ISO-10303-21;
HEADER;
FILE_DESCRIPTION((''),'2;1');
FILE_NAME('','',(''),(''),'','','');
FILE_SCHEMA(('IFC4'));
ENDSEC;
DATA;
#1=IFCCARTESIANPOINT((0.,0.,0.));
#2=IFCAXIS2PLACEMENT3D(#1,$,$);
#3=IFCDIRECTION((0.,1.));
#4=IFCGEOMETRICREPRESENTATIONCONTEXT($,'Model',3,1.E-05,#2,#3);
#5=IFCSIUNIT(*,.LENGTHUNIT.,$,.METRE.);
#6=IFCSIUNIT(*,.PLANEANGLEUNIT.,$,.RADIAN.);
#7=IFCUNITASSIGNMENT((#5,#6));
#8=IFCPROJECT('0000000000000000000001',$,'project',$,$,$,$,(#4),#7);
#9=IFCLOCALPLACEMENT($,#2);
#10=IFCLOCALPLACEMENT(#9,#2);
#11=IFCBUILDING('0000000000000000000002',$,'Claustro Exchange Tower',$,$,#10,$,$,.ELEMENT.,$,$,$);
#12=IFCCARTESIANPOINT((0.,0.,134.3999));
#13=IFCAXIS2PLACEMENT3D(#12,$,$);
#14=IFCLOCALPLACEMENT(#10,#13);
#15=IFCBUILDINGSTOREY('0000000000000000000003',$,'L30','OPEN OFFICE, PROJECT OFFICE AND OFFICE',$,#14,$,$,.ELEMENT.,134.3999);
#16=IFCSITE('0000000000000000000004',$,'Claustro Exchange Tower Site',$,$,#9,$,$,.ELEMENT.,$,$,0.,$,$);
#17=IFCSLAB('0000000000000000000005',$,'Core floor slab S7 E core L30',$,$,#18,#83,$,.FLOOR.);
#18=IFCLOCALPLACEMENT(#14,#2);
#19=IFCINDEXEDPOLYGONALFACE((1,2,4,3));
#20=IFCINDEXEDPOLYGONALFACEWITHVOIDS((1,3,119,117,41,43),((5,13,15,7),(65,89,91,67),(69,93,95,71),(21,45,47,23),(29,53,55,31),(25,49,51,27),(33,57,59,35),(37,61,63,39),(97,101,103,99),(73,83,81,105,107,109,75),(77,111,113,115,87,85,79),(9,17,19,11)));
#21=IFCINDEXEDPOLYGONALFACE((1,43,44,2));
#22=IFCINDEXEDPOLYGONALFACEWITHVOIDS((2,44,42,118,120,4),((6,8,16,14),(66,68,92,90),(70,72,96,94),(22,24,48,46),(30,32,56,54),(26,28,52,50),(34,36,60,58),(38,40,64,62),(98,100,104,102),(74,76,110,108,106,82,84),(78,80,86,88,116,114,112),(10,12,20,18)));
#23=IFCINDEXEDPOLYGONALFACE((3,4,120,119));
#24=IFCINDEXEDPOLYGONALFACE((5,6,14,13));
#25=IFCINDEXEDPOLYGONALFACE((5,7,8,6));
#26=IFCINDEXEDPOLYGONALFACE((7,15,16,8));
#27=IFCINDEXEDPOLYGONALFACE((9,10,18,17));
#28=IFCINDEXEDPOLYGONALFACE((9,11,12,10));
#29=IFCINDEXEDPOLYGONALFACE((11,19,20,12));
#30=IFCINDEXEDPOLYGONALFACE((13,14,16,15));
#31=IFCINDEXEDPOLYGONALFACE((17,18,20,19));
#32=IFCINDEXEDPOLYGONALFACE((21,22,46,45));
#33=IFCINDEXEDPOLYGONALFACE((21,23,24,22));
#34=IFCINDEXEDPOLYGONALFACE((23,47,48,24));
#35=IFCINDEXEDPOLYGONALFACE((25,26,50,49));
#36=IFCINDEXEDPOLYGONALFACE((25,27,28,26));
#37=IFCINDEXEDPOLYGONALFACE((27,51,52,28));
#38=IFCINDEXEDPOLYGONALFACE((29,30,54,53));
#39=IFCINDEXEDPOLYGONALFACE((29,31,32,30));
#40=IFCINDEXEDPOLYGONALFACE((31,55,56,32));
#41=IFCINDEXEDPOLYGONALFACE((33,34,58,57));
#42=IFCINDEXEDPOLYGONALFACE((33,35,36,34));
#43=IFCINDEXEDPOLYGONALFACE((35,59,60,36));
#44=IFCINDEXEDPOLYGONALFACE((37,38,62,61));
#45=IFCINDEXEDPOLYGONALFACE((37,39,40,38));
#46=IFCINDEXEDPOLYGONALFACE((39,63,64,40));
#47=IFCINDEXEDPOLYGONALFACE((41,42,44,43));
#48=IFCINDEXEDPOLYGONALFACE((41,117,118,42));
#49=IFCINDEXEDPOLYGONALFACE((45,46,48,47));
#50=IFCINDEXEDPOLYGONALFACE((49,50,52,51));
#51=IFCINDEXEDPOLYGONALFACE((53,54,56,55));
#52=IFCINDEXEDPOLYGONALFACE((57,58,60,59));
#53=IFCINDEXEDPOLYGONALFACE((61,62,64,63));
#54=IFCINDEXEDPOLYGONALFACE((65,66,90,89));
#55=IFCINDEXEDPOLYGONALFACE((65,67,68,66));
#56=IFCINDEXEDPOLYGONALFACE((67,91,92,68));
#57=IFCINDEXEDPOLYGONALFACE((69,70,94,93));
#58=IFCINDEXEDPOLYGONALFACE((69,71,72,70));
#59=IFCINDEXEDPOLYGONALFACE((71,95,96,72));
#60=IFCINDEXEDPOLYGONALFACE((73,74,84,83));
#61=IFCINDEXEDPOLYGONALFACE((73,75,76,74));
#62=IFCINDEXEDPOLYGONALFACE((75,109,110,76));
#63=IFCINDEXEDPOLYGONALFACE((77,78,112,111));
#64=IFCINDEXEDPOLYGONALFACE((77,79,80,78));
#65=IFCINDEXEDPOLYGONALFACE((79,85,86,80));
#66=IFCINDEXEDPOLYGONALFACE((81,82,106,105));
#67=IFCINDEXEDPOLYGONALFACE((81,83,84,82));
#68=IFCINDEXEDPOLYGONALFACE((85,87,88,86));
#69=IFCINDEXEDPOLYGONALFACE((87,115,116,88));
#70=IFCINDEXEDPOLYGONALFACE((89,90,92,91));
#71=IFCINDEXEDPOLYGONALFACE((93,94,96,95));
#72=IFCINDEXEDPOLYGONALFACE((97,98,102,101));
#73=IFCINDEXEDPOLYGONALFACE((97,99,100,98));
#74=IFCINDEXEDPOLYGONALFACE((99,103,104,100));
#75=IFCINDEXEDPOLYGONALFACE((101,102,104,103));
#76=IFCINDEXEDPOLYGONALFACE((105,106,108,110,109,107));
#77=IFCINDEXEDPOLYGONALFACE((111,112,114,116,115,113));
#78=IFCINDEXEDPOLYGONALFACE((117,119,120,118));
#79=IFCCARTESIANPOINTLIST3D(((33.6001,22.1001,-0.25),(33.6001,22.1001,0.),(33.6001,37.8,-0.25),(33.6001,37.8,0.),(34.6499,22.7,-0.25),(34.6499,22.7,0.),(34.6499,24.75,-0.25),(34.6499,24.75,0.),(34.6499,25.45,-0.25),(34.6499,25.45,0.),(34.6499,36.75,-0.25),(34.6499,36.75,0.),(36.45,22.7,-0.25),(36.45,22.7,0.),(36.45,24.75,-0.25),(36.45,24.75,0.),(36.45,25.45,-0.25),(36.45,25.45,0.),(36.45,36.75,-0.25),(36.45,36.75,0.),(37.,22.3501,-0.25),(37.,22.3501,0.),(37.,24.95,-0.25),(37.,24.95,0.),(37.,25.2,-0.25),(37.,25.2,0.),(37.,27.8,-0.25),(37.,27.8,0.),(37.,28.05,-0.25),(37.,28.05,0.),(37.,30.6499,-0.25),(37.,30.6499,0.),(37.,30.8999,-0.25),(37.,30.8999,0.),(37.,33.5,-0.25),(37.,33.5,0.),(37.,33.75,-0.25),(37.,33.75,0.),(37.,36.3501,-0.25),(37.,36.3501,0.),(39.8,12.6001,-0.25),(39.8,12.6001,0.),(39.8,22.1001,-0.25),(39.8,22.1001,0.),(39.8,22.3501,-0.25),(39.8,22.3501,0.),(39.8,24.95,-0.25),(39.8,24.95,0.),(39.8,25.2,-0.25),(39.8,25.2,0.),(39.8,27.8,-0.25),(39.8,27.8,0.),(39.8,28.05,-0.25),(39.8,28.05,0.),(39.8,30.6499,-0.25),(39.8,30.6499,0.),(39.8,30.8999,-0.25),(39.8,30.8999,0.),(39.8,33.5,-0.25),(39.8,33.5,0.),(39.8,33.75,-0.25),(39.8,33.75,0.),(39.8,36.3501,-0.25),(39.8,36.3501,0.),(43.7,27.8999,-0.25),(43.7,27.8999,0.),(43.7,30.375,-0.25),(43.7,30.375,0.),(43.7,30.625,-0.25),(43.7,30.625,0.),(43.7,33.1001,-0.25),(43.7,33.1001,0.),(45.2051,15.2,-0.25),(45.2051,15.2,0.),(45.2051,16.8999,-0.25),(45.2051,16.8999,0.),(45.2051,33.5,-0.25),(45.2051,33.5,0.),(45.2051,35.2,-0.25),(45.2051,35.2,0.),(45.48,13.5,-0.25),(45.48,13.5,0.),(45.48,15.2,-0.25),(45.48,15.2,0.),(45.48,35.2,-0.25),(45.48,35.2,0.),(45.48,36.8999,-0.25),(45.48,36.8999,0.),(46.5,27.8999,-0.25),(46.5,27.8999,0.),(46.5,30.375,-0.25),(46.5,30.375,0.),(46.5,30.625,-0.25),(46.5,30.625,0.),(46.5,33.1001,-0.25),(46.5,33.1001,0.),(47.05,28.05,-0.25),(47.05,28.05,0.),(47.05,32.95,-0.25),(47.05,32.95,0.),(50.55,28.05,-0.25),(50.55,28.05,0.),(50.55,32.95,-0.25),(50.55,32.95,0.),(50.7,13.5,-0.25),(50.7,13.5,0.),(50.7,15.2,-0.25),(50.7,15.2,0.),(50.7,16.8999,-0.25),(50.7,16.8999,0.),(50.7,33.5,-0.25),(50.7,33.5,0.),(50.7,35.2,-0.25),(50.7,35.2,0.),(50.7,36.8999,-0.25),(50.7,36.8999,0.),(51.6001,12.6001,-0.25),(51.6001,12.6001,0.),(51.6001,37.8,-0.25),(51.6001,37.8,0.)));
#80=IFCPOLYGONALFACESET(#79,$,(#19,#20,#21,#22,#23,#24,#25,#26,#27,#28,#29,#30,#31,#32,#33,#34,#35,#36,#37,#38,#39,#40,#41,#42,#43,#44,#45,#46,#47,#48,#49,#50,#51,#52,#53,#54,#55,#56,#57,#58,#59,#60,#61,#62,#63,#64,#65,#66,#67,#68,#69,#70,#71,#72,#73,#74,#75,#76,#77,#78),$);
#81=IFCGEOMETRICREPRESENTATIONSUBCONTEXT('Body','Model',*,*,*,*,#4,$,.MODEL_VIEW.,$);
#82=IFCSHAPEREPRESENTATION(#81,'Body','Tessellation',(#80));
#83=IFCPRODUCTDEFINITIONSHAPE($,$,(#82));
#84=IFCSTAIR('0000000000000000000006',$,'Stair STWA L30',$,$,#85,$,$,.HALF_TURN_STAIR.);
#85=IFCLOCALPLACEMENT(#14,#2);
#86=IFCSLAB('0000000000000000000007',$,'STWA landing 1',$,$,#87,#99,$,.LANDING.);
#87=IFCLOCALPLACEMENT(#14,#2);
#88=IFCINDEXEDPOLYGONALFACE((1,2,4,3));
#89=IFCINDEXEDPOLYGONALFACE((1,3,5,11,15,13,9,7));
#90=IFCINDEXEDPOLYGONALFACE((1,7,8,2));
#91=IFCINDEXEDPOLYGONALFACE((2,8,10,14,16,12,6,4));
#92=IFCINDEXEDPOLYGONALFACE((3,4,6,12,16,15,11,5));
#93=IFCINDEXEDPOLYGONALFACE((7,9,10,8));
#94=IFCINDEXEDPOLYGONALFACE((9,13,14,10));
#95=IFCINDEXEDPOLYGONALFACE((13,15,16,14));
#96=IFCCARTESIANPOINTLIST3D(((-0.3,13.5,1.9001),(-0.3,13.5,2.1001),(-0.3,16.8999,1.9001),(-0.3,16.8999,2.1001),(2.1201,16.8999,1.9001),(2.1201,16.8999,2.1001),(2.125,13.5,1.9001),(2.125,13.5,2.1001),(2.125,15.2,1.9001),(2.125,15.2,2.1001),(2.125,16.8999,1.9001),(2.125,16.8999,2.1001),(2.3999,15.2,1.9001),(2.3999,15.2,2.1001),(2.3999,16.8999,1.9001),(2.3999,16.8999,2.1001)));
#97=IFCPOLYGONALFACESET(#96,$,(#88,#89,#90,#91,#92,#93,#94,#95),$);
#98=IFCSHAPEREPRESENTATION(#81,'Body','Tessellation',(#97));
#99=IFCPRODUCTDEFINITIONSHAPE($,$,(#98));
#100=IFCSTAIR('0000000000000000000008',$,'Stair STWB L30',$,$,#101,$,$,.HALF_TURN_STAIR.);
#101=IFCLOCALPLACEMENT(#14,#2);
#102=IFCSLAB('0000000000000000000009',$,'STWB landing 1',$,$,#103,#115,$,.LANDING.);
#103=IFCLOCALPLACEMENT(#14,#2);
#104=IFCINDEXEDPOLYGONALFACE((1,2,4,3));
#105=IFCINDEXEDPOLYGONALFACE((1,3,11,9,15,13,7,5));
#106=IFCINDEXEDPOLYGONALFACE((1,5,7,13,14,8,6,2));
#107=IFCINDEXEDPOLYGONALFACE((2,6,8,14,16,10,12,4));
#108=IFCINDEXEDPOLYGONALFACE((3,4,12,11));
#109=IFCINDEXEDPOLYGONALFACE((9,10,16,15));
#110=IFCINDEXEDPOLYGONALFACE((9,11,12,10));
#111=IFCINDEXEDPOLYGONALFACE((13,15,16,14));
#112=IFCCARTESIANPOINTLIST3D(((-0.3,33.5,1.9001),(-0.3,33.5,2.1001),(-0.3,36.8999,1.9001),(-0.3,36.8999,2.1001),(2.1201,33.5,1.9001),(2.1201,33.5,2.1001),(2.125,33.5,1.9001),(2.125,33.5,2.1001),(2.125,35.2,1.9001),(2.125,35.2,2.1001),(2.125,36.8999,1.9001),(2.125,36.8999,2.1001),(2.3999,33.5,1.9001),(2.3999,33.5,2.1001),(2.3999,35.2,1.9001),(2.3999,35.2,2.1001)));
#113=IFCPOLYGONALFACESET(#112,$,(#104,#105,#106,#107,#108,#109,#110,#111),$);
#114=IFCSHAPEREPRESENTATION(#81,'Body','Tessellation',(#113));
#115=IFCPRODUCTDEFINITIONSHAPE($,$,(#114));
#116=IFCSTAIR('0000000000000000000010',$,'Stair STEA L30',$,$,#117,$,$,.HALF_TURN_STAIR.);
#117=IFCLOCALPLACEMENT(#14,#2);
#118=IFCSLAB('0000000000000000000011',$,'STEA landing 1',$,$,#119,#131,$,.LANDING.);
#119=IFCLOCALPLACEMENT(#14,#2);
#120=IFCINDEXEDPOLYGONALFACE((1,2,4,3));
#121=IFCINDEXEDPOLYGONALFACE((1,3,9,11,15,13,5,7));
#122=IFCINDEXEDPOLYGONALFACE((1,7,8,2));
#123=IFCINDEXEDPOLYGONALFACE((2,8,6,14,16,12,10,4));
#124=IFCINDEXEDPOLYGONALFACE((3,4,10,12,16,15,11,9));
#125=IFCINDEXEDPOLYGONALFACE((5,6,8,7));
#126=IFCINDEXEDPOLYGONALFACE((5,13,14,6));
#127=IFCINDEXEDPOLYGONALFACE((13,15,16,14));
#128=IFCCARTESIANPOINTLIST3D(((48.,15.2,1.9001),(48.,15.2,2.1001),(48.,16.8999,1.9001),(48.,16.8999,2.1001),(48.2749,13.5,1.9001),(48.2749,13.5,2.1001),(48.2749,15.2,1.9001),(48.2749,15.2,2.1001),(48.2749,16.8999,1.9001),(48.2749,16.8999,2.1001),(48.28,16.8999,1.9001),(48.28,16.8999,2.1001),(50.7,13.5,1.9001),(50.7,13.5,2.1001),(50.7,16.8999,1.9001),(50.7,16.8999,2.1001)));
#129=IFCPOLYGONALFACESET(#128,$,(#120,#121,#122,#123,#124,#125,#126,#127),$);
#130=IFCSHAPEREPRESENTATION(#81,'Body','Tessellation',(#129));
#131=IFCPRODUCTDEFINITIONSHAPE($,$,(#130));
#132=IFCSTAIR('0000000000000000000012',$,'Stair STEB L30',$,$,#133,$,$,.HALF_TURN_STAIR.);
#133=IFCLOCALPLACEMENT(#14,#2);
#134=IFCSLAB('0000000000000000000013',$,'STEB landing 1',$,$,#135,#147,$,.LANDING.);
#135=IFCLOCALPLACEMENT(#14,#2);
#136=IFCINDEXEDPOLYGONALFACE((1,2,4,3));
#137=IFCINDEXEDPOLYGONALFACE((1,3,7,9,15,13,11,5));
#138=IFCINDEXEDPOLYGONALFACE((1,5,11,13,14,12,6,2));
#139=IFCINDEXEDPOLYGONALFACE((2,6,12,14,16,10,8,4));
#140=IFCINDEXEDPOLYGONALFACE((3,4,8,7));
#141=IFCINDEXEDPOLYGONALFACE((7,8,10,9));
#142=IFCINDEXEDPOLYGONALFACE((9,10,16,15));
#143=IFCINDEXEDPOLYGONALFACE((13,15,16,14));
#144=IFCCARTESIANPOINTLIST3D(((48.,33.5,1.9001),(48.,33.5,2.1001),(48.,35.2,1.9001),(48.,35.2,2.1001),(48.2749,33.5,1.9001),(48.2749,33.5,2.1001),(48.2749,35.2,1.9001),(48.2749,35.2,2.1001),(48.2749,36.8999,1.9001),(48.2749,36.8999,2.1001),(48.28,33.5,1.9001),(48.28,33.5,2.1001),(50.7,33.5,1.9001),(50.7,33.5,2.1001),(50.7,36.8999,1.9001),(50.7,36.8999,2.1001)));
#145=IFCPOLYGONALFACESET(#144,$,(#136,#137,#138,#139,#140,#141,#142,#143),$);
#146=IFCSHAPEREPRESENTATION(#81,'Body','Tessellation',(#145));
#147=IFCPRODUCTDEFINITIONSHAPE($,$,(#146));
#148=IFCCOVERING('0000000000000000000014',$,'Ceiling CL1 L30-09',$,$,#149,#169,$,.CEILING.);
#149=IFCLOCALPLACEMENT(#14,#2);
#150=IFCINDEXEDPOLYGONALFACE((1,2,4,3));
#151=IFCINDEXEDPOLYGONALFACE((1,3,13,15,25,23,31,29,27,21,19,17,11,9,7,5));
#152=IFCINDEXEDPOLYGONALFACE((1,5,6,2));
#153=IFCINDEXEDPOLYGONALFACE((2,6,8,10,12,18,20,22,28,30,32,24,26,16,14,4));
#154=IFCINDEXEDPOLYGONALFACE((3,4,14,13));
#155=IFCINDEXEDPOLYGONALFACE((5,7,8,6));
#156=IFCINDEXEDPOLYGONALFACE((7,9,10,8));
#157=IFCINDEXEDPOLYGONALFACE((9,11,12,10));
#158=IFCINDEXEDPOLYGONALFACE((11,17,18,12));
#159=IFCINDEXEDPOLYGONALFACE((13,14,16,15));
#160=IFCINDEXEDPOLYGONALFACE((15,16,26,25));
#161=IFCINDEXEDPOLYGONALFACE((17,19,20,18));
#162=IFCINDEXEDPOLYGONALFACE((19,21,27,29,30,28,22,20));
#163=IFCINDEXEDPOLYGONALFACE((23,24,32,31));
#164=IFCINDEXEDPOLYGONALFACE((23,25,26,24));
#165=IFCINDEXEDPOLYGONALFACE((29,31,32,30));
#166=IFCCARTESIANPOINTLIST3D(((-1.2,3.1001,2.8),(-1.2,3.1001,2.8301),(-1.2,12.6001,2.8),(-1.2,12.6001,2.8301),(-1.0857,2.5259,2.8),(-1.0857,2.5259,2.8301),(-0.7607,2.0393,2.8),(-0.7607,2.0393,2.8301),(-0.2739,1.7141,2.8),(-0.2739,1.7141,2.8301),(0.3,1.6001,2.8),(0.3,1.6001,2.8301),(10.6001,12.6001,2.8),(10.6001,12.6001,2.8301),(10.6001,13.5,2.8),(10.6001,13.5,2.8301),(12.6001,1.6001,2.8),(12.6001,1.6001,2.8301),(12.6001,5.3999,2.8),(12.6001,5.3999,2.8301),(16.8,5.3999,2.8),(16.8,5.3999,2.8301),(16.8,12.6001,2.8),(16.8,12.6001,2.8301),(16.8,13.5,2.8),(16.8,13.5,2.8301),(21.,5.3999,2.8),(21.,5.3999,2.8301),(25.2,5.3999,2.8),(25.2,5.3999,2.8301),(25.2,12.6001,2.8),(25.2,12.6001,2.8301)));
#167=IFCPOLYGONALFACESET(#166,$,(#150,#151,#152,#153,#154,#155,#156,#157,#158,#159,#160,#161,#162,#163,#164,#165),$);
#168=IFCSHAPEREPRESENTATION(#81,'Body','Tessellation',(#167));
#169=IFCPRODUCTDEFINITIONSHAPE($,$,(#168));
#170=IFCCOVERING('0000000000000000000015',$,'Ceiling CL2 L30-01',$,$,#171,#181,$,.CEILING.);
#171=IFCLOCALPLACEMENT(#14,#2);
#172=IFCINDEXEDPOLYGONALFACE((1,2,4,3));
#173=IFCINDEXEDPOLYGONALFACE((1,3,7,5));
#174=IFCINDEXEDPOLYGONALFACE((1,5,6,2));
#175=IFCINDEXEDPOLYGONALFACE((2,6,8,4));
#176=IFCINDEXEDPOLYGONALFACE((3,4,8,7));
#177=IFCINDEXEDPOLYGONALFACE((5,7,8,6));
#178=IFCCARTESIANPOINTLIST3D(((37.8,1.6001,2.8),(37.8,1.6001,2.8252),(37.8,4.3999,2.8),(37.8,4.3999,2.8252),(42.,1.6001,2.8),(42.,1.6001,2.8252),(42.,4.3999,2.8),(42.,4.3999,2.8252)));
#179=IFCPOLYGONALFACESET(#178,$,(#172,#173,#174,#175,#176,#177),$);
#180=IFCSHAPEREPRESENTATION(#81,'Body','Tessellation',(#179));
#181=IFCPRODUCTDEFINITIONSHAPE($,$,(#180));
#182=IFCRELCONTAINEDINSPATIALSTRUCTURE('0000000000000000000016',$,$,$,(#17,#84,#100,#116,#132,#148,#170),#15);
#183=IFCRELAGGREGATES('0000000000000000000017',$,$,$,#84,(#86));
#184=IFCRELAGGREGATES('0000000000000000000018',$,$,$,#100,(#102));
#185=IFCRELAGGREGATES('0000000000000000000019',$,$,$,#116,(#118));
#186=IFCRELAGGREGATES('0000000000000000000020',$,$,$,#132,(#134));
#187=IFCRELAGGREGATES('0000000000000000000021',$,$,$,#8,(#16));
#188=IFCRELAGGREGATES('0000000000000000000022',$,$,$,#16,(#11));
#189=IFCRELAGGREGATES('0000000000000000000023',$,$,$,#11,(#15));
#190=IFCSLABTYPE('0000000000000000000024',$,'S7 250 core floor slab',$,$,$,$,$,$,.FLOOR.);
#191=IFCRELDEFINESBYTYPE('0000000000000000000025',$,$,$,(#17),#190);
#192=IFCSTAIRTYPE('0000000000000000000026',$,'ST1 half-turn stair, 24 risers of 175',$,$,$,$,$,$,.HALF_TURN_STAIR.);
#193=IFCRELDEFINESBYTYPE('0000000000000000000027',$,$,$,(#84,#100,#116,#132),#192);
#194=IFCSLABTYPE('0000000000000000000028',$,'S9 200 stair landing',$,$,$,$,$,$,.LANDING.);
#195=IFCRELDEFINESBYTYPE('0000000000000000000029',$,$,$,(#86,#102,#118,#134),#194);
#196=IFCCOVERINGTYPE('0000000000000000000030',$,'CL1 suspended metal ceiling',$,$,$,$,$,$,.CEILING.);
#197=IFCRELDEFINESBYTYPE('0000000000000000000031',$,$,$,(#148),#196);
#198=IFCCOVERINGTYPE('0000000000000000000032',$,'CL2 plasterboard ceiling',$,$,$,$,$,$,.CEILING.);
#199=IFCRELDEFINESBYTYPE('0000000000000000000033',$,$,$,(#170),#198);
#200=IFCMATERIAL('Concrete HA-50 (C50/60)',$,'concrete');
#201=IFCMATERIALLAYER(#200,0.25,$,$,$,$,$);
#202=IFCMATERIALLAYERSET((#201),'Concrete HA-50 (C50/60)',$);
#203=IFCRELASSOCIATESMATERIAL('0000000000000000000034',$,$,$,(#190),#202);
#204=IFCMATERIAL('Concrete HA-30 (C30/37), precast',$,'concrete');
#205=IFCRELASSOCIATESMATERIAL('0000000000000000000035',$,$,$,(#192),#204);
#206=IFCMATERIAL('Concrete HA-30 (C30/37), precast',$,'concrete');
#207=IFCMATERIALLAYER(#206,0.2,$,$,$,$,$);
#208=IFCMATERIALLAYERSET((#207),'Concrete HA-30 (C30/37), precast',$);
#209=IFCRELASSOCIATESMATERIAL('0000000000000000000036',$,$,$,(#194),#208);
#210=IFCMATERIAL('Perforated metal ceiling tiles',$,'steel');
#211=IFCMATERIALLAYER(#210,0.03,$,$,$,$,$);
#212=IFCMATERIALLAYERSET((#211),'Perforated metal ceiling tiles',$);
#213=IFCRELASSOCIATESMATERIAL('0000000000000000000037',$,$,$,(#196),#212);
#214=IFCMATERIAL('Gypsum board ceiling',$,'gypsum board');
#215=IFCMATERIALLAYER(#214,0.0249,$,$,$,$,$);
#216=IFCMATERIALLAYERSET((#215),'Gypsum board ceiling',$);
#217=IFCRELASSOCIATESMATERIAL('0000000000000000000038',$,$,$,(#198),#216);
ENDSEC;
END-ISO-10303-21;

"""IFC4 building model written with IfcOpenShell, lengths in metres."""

from ifc_helpers import new_model, si_unit, direction, frame, origin, place, context, subcontext, project, spatial, polyline, outline, extrude, material, layer, layer_set, type_object, element, aggregate, save


model = new_model("IFC4")

# Units and contexts
model_context = context("Model", 3, precision=1e-05, world=origin(), true_north=direction((0.0, 1.0)))
body_context = subcontext(model_context, "Body", "Model", "MODEL_VIEW")
ifc_project = project(units=[si_unit("LENGTHUNIT", "METRE"), si_unit("PLANEANGLEUNIT", "RADIAN")], contexts=[model_context])

# Site, building, storey
site_placement = place(None, origin())
site = spatial("IfcSite", under=ifc_project, at=site_placement, Name="Claustro Exchange Tower Site", CompositionType="ELEMENT", RefElevation=0.0)
building_placement = place(site_placement, origin())
building = spatial("IfcBuilding", under=site, at=building_placement, Name="Claustro Exchange Tower", CompositionType="ELEMENT")
storey_placement = place(building_placement, frame((0.0, 0.0, 134.3999)))
storey = spatial("IfcBuildingStorey", under=building, at=storey_placement, Name="L30", Description="OPEN OFFICE, PROJECT OFFICE AND OFFICE", CompositionType="ELEMENT", Elevation=134.3999)

# Slab
ifc_material_1 = material(Name="Concrete HA-50 (C50/60)", Category="concrete")
ifc_layer_1 = layer(ifc_material_1, 0.25)
ifc_layer_set_1 = layer_set([ifc_layer_1], Name="Concrete HA-50 (C50/60)")
slab_type_1 = type_object("IfcSlabType", Name="S7 250 core floor slab", PredefinedType="FLOOR", material=ifc_layer_set_1)
slab_1_placement = place(storey_placement, frame((0.0, 0.0, -0.25)))
element("IfcSlab", 1, at=slab_1_placement, inside=storey, type_object=slab_type_1, Name="Core floor slab S7 E core L30", PredefinedType="FLOOR", context=body_context, shape_type="SweptSolid", body=[
    extrude(outline(polyline([(51.6001, 37.8), (33.6001, 37.8), (33.6001, 22.1001), (39.8, 22.1001), (39.8, 12.6001), (51.6001, 12.6001), (51.6001, 37.8)]), holes=[polyline([(45.48, 15.2), (45.2051, 15.2), (45.2051, 16.8999), (50.7, 16.8999), (50.7, 15.2), (50.7, 13.5), (45.48, 13.5), (45.48, 15.2)]), polyline([(45.48, 35.2), (45.48, 36.8999), (50.7, 36.8999), (50.7, 35.2), (50.7, 33.5), (45.2051, 33.5), (45.2051, 35.2), (45.48, 35.2)]), polyline([(50.55, 32.95), (50.55, 28.05), (47.05, 28.05), (47.05, 32.95), (50.55, 32.95)]), polyline([(43.7, 33.1001), (46.5, 33.1001), (46.5, 30.625), (43.7, 30.625), (43.7, 33.1001)]), polyline([(46.5, 30.375), (46.5, 27.8999), (43.7, 27.8999), (43.7, 30.375), (46.5, 30.375)]), polyline([(37.0, 24.95), (39.8, 24.95), (39.8, 22.3501), (37.0, 22.3501), (37.0, 24.95)]), polyline([(37.0, 30.6499), (39.8, 30.6499), (39.8, 28.05), (37.0, 28.05), (37.0, 30.6499)]), polyline([(39.8, 27.8), (39.8, 25.2), (37.0, 25.2), (37.0, 27.8), (39.8, 27.8)]), polyline([(39.8, 33.5), (39.8, 30.8999), (37.0, 30.8999), (37.0, 33.5), (39.8, 33.5)]), polyline([(39.8, 36.3501), (39.8, 33.75), (37.0, 33.75), (37.0, 36.3501), (39.8, 36.3501)]), polyline([(36.45, 24.75), (36.45, 22.7), (34.6499, 22.7), (34.6499, 24.75), (36.45, 24.75)]), polyline([(36.45, 36.75), (36.45, 25.45), (34.6499, 25.45), (34.6499, 36.75), (36.45, 36.75)])]), origin(), (0.0, 0.0, 1.0), 0.25),
])

# Stairs, slabs
ifc_material_2 = material(Name="Concrete HA-30 (C30/37), precast", Category="concrete")
stair_type = type_object("IfcStairType", Name="ST1 half-turn stair, 24 risers of 175", PredefinedType="HALF_TURN_STAIR", material=ifc_material_2)
stair_1_placement = place(storey_placement, origin())
stair_1 = element("IfcStair", 2, at=stair_1_placement, inside=storey, type_object=stair_type, Name="Stair STWA L30", PredefinedType="HALF_TURN_STAIR")
ifc_material_3 = material(Name="Concrete HA-30 (C30/37), precast", Category="concrete")
ifc_layer_2 = layer(ifc_material_3, 0.2)
ifc_layer_set_2 = layer_set([ifc_layer_2], Name="Concrete HA-30 (C30/37), precast")
slab_type_2 = type_object("IfcSlabType", Name="S9 200 stair landing", PredefinedType="LANDING", material=ifc_layer_set_2)
slab_2_placement = place(storey_placement, frame((0.0, 0.0, 1.9001)))
slab_2 = element("IfcSlab", 3, at=slab_2_placement, type_object=slab_type_2, Name="STWA landing 1", PredefinedType="LANDING", context=body_context, shape_type="SweptSolid", body=[
    extrude(outline(polyline([(2.125, 13.5), (-0.3, 13.5), (-0.3, 16.8999), (2.1201, 16.8999), (2.125, 16.8999), (2.3999, 16.8999), (2.3999, 15.2), (2.125, 15.2), (2.125, 13.5)])), origin(), (0.0, 0.0, 1.0), 0.2),
])
aggregate(stair_1, [slab_2])
stair_2_placement = place(storey_placement, origin())
stair_2 = element("IfcStair", 4, at=stair_2_placement, inside=storey, type_object=stair_type, Name="Stair STWB L30", PredefinedType="HALF_TURN_STAIR")
slab_3_placement = place(storey_placement, frame((0.0, 0.0, 1.9001)))
slab_3 = element("IfcSlab", 5, at=slab_3_placement, type_object=slab_type_2, Name="STWB landing 1", PredefinedType="LANDING", context=body_context, shape_type="SweptSolid", body=[
    extrude(outline(polyline([(2.3999, 35.2), (2.3999, 33.5), (2.125, 33.5), (2.1201, 33.5), (-0.3, 33.5), (-0.3, 36.8999), (2.125, 36.8999), (2.125, 35.2), (2.3999, 35.2)])), origin(), (0.0, 0.0, 1.0), 0.2),
])
aggregate(stair_2, [slab_3])
stair_3_placement = place(storey_placement, origin())
stair_3 = element("IfcStair", 6, at=stair_3_placement, inside=storey, type_object=stair_type, Name="Stair STEA L30", PredefinedType="HALF_TURN_STAIR")
slab_4_placement = place(storey_placement, frame((0.0, 0.0, 1.9001)))
slab_4 = element("IfcSlab", 7, at=slab_4_placement, type_object=slab_type_2, Name="STEA landing 1", PredefinedType="LANDING", context=body_context, shape_type="SweptSolid", body=[
    extrude(outline(polyline([(50.7, 16.8999), (50.7, 13.5), (48.2749, 13.5), (48.2749, 15.2), (48.0, 15.2), (48.0, 16.8999), (48.2749, 16.8999), (48.28, 16.8999), (50.7, 16.8999)])), origin(), (0.0, 0.0, 1.0), 0.2),
])
aggregate(stair_3, [slab_4])
stair_4_placement = place(storey_placement, origin())
stair_4 = element("IfcStair", 8, at=stair_4_placement, inside=storey, type_object=stair_type, Name="Stair STEB L30", PredefinedType="HALF_TURN_STAIR")
slab_5_placement = place(storey_placement, frame((0.0, 0.0, 1.9001)))
slab_5 = element("IfcSlab", 9, at=slab_5_placement, type_object=slab_type_2, Name="STEB landing 1", PredefinedType="LANDING", context=body_context, shape_type="SweptSolid", body=[
    extrude(outline(polyline([(48.0, 33.5), (48.0, 35.2), (48.2749, 35.2), (48.2749, 36.8999), (50.7, 36.8999), (50.7, 33.5), (48.28, 33.5), (48.2749, 33.5), (48.0, 33.5)])), origin(), (0.0, 0.0, 1.0), 0.2),
])
aggregate(stair_4, [slab_5])

# Coverings
ifc_material_4 = material(Name="Perforated metal ceiling tiles", Category="steel")
ifc_layer_3 = layer(ifc_material_4, 0.03)
ifc_layer_set_3 = layer_set([ifc_layer_3], Name="Perforated metal ceiling tiles")
covering_type_1 = type_object("IfcCoveringType", Name="CL1 suspended metal ceiling", PredefinedType="CEILING", material=ifc_layer_set_3)
covering_1_placement = place(storey_placement, frame((0.0, 0.0, 2.8)))
element("IfcCovering", 10, at=covering_1_placement, inside=storey, type_object=covering_type_1, Name="Ceiling CL1 L30-09", PredefinedType="CEILING", context=body_context, shape_type="SweptSolid", body=[
    extrude(outline(polyline([(-1.2, 12.6001), (-1.2, 3.1001), (-1.0857, 2.5259), (-0.7607, 2.0393), (-0.2739, 1.7141), (0.3, 1.6001), (12.6001, 1.6001), (12.6001, 5.3999), (16.8, 5.3999), (21.0, 5.3999), (25.2, 5.3999), (25.2, 12.6001), (16.8, 12.6001), (16.8, 13.5), (10.6001, 13.5), (10.6001, 12.6001), (-1.2, 12.6001)])), origin(), (0.0, 0.0, 1.0), 0.03),
])
ifc_material_5 = material(Name="Gypsum board ceiling", Category="gypsum board")
ifc_layer_4 = layer(ifc_material_5, 0.0249)
ifc_layer_set_4 = layer_set([ifc_layer_4], Name="Gypsum board ceiling")
covering_type_2 = type_object("IfcCoveringType", Name="CL2 plasterboard ceiling", PredefinedType="CEILING", material=ifc_layer_set_4)
covering_2_placement = place(storey_placement, frame((0.0, 0.0, 2.8)))
element("IfcCovering", 11, at=covering_2_placement, inside=storey, type_object=covering_type_2, Name="Ceiling CL2 L30-01", PredefinedType="CEILING", context=body_context, shape_type="SweptSolid", body=[
    extrude(outline(polyline([(37.8, 1.6001), (42.0, 1.6001), (42.0, 4.3999), (37.8, 4.3999), (37.8, 1.6001)])), origin(), (0.0, 0.0, 1.0), 0.0251),
])

save(model, "model.ifc")
